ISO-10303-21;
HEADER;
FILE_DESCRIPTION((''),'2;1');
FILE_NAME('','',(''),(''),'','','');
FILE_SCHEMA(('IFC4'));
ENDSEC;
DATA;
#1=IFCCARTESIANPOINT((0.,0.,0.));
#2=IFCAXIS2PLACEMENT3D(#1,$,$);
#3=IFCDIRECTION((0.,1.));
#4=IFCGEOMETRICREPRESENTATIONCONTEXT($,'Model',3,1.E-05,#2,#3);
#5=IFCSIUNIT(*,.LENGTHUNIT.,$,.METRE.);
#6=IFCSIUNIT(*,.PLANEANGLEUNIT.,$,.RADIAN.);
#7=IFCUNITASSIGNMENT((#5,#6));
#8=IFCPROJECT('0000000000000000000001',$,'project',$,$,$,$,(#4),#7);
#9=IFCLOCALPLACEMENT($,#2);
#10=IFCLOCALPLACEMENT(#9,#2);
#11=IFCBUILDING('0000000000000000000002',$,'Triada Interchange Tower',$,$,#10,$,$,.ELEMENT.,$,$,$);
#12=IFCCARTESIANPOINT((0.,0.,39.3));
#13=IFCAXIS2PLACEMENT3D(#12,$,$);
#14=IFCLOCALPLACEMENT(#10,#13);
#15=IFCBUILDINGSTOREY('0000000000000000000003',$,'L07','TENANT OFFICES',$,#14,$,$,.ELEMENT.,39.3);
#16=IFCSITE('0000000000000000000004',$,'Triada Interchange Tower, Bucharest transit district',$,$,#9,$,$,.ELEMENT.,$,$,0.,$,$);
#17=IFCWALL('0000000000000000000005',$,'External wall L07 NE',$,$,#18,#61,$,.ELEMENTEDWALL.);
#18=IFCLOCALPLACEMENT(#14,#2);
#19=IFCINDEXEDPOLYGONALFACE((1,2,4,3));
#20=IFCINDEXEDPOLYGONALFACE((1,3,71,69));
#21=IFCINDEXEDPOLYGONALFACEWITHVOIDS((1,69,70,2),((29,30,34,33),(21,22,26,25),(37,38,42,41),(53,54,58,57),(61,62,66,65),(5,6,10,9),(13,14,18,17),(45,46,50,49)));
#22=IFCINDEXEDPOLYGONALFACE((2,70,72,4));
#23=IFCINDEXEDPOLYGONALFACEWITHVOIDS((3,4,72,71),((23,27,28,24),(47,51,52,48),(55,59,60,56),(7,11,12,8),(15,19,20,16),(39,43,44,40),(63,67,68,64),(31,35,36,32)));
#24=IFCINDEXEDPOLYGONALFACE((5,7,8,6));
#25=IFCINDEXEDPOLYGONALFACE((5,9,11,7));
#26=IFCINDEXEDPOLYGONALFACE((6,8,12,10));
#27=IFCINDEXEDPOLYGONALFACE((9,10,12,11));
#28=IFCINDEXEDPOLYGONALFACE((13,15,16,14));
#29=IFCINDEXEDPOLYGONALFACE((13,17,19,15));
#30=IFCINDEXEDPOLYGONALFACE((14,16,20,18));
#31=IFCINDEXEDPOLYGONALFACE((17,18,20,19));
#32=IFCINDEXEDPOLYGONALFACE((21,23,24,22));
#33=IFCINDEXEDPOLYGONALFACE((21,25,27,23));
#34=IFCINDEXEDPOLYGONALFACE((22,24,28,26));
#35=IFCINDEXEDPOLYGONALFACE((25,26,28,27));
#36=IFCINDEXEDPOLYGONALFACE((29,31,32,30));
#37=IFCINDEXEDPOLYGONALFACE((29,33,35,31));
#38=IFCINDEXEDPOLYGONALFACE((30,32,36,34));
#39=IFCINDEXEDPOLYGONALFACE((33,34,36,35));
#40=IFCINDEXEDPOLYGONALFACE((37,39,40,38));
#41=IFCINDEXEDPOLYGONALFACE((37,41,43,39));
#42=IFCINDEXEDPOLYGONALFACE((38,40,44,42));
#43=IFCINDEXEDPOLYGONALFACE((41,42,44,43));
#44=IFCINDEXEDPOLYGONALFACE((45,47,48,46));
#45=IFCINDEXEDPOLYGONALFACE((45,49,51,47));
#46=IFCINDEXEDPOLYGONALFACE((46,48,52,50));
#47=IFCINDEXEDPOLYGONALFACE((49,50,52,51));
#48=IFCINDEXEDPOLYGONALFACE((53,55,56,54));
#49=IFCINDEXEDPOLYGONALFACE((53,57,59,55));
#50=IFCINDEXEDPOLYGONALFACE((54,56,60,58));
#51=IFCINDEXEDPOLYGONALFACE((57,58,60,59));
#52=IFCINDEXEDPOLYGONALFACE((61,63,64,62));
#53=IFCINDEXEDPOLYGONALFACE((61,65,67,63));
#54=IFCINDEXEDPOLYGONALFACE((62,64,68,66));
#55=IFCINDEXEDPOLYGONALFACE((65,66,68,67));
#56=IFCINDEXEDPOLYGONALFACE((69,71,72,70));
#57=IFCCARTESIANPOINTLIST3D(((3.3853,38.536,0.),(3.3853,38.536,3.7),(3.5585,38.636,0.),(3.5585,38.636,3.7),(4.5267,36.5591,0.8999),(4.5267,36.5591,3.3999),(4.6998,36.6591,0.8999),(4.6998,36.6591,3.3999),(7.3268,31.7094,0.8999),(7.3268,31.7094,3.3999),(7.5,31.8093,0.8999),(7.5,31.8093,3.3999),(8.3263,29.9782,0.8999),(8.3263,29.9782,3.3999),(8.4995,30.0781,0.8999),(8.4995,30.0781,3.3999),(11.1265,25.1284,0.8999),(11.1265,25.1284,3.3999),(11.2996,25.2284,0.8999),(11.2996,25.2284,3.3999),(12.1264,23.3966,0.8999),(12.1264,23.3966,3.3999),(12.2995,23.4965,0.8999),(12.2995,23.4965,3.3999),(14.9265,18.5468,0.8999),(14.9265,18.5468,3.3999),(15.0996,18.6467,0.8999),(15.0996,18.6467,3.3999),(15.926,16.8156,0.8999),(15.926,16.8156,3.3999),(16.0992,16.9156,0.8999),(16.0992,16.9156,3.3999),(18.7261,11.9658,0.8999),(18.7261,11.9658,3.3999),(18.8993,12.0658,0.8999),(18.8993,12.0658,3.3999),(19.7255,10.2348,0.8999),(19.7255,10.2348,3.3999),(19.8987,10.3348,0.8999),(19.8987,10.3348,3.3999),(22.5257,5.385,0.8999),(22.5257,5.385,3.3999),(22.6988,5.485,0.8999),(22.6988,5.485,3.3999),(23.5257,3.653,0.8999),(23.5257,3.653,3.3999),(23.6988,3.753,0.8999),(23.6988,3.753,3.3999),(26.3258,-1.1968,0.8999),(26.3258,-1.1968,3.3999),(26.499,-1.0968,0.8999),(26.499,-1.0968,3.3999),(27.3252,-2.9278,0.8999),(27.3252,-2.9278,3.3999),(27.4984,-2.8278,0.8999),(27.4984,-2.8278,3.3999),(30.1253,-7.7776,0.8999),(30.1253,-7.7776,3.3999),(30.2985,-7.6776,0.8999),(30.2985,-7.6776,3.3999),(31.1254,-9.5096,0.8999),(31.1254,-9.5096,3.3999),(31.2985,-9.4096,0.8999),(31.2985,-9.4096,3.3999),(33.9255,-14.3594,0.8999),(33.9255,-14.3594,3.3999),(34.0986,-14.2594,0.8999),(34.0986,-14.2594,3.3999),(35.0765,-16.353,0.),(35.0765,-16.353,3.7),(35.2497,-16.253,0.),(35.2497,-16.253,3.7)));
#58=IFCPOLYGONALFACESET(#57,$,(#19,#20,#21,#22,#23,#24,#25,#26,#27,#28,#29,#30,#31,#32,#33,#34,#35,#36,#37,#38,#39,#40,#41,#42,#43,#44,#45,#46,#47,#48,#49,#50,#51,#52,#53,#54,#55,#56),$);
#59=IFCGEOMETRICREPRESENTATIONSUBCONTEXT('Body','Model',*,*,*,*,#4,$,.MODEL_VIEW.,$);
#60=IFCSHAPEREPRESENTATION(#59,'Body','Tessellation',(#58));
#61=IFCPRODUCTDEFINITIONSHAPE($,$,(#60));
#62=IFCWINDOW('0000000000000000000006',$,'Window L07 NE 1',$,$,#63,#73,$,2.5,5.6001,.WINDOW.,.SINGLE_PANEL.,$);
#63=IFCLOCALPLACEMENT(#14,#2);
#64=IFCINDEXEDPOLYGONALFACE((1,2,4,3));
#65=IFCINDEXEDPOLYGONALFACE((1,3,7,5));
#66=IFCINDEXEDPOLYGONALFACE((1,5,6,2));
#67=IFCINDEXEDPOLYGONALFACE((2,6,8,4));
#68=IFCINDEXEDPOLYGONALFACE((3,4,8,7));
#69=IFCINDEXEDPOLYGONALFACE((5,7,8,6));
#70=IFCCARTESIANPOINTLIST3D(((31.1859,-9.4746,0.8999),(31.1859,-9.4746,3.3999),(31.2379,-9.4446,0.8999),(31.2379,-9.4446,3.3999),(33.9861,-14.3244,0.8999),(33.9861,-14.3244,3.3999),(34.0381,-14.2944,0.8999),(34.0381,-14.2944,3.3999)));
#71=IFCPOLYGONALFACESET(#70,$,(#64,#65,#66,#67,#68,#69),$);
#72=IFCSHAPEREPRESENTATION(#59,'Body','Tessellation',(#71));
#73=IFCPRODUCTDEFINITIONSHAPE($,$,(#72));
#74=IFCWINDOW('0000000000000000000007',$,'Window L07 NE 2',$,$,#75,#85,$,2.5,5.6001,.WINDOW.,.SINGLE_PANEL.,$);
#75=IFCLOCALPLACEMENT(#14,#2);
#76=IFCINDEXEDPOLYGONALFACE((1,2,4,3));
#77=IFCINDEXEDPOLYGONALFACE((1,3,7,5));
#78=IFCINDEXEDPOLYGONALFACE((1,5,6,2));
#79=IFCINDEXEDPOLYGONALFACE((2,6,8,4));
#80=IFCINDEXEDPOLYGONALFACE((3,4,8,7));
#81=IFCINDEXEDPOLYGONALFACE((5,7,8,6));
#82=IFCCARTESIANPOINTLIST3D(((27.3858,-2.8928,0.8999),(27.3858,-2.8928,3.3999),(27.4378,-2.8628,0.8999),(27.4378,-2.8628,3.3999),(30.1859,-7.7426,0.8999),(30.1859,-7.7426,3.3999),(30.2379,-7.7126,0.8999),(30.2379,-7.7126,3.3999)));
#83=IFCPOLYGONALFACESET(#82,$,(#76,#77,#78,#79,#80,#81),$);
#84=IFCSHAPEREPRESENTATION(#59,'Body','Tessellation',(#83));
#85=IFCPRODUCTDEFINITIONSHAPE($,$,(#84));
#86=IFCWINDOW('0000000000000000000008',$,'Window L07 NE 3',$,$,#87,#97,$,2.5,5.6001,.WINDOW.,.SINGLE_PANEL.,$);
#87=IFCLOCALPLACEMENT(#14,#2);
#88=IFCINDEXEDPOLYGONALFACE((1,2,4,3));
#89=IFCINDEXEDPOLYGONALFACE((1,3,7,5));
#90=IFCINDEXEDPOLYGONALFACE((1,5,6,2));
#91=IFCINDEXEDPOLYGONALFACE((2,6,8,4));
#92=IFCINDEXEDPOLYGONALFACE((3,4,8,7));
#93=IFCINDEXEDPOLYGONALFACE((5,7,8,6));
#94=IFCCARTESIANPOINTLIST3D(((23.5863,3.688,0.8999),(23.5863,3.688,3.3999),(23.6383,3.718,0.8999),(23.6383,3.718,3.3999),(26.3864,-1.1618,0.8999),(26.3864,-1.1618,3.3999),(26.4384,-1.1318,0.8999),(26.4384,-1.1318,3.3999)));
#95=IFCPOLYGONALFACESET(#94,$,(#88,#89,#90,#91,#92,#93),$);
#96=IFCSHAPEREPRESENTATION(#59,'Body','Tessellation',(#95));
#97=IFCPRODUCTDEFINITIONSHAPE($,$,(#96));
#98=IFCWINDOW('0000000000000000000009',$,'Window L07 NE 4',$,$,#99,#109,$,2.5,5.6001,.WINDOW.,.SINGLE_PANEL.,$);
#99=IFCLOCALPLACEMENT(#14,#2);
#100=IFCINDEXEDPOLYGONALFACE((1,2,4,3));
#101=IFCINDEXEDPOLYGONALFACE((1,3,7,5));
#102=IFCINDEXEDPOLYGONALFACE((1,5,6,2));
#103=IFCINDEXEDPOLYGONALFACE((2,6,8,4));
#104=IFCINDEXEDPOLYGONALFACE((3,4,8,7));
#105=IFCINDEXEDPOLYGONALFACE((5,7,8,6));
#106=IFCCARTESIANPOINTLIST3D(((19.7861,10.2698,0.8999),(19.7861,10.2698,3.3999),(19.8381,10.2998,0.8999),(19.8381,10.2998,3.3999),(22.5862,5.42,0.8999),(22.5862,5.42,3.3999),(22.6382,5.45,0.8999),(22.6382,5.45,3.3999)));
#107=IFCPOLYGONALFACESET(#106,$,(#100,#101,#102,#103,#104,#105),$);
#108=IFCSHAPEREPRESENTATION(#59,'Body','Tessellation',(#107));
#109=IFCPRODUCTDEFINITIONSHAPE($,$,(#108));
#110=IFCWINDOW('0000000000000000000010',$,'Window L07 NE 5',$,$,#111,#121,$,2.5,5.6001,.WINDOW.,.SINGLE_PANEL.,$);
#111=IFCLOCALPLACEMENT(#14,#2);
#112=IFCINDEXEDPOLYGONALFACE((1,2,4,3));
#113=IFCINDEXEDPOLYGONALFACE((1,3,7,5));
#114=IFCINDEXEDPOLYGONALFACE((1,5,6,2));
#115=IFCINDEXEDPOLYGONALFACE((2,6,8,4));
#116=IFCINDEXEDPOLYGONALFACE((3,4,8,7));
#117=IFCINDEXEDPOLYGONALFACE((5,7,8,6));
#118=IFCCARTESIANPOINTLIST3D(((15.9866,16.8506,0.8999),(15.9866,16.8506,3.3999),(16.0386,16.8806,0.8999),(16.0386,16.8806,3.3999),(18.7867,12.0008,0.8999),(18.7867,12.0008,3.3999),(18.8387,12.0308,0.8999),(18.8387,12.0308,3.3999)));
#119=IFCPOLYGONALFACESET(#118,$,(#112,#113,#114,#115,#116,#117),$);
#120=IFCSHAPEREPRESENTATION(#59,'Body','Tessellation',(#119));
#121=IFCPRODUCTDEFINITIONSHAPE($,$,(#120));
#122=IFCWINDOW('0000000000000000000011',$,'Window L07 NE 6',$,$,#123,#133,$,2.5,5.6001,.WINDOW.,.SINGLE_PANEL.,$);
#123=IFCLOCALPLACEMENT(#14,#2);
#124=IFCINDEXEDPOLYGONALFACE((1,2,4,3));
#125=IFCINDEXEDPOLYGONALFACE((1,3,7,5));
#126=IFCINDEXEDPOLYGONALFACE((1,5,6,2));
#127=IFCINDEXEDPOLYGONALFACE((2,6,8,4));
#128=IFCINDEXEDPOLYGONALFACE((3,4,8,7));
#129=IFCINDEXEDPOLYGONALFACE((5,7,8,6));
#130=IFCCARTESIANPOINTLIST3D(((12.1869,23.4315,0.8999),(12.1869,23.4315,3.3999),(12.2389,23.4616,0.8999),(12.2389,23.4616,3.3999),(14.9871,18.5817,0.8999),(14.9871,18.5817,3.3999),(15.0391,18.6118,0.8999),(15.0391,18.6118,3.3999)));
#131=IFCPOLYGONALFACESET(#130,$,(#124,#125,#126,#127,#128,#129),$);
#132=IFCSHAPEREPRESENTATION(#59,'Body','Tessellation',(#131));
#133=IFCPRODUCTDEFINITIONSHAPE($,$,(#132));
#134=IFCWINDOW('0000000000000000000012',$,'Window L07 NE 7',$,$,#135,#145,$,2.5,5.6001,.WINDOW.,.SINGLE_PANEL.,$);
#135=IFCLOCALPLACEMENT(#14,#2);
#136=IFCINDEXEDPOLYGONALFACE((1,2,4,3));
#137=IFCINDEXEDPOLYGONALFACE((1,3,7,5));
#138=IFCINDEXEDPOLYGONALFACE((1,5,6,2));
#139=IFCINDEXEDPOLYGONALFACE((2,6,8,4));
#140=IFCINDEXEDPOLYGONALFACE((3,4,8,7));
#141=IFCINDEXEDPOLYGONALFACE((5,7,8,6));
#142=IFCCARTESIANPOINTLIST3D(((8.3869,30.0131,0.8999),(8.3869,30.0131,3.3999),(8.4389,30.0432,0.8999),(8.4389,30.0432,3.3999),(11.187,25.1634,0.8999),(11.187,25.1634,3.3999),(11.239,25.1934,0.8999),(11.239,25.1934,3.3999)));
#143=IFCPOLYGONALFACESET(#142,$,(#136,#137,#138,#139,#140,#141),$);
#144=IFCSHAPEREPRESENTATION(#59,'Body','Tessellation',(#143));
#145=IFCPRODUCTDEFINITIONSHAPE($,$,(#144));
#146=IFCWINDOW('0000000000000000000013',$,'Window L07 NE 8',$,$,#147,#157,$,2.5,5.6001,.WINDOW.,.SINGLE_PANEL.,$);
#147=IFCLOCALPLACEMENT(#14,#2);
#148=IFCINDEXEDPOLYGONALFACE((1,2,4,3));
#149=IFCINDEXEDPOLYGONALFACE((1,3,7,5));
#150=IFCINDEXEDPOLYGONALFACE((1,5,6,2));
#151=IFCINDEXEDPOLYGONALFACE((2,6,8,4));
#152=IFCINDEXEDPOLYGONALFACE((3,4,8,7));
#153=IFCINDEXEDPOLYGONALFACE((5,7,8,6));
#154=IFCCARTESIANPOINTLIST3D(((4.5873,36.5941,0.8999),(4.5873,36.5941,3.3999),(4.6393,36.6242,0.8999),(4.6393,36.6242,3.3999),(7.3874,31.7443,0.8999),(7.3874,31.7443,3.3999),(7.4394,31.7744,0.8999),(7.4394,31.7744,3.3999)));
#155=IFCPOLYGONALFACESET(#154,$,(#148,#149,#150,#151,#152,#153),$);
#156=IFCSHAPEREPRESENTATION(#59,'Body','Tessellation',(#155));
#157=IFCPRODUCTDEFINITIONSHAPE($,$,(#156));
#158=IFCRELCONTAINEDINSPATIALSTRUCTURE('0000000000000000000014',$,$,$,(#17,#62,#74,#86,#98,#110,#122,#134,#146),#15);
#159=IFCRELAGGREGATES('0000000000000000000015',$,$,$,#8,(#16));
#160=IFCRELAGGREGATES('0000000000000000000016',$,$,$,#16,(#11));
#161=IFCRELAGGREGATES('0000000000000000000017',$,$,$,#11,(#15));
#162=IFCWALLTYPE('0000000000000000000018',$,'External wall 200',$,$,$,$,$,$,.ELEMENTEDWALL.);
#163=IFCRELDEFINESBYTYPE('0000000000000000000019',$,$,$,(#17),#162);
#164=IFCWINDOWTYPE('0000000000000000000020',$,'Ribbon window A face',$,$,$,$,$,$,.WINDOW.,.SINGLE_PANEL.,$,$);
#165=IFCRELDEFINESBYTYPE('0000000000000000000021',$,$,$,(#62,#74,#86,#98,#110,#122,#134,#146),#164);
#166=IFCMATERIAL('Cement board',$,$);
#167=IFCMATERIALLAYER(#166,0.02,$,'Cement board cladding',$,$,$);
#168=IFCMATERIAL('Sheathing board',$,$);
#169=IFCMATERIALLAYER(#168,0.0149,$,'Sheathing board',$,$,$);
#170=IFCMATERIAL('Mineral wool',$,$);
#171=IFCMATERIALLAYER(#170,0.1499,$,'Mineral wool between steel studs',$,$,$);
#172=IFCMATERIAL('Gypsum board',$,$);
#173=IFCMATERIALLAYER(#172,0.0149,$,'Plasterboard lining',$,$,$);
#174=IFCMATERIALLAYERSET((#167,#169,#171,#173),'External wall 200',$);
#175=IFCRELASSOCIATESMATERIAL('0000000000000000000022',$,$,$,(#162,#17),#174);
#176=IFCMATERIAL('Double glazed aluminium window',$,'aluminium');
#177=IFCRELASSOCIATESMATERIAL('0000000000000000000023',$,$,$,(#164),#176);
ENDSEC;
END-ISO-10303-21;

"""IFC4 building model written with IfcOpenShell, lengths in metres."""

from ifc_helpers import new_model, si_unit, direction, frame, frame_2d, origin, place, context, subcontext, project, spatial, rectangle, extrude, material, layer, layer_set, layer_usage, type_object, element, fill, save


model = new_model("IFC4")

# Units and contexts
model_context = context("Model", 3, precision=1e-05, world=origin(), true_north=direction((0.0, 1.0)))
body_context = subcontext(model_context, "Body", "Model", "MODEL_VIEW")
ifc_project = project(units=[si_unit("LENGTHUNIT", "METRE"), si_unit("PLANEANGLEUNIT", "RADIAN")], contexts=[model_context])

# Site, building, storey
site_placement = place(None, origin())
site = spatial("IfcSite", under=ifc_project, at=site_placement, Name="Triada Interchange Tower, Bucharest transit district", CompositionType="ELEMENT", RefElevation=0.0)
building_placement = place(site_placement, origin())
building = spatial("IfcBuilding", under=site, at=building_placement, Name="Triada Interchange Tower", CompositionType="ELEMENT")
storey_placement = place(building_placement, frame((0.0, 0.0, 39.3)))
storey = spatial("IfcBuildingStorey", under=building, at=storey_placement, Name="L07", Description="TENANT OFFICES", CompositionType="ELEMENT", Elevation=39.3)

# Shared definitions
ifc_material_1 = material(Name="Cement board")
ifc_layer_1 = layer(ifc_material_1, 0.02, Name="Cement board cladding")
ifc_material_2 = material(Name="Sheathing board")
ifc_layer_2 = layer(ifc_material_2, 0.0149, Name="Sheathing board")
ifc_material_3 = material(Name="Mineral wool")
ifc_layer_3 = layer(ifc_material_3, 0.1499, Name="Mineral wool between steel studs")
ifc_material_4 = material(Name="Gypsum board")
ifc_layer_4 = layer(ifc_material_4, 0.0149, Name="Plasterboard lining")
ifc_layer_set_1 = layer_set([ifc_layer_1, ifc_layer_2, ifc_layer_3, ifc_layer_4], Name="External wall 200")
ifc_layer_usage = layer_usage(ifc_layer_set_1, "AXIS2", "POSITIVE", -0.1001)
wall_type = type_object("IfcWallType", Name="External wall 200", PredefinedType="ELEMENTEDWALL", material=ifc_layer_set_1)
ifc_material_5 = material(Name="Double glazed aluminium window", Category="aluminium")

# Wall, openings, windows
wall_1_placement = place(storey_placement, frame((35.1631, -16.303, 0.0), z_axis=(0.0, 0.0, 1.0), x_axis=(-0.500012, 0.866018, 0.0)))
wall_1 = element("IfcWall", 1, at=wall_1_placement, inside=storey, type_object=wall_type, material=ifc_layer_usage, Name="External wall L07 NE", PredefinedType="ELEMENTEDWALL", context=body_context, shape_type="SweptSolid", body=[
    extrude(rectangle(XDim=63.3809, YDim=0.2, at=frame_2d((31.6904, 0.0))), origin(), (0.0, 0.0, 1.0), 3.7),
])
opening_1_placement = place(wall_1_placement, frame((2.302, 0.0, 0.8999)))
opening_1 = element("IfcOpeningElement", 2, at=opening_1_placement, cuts=wall_1, PredefinedType="OPENING", context=body_context, shape_type="SweptSolid", body=[
    extrude(rectangle(XDim=5.6001, YDim=2.5, at=frame_2d((2.8, 1.25))), frame((0.0, 0.1099, 0.0), z_axis=(0.0, -1.0, 0.0), x_axis=(1.0, 0.0, 0.0)), (0.0, 0.0, 1.0), 0.22),
])
opening_2_placement = place(wall_1_placement, frame((9.9021, 0.0, 0.8999)))
opening_2 = element("IfcOpeningElement", 3, at=opening_2_placement, cuts=wall_1, PredefinedType="OPENING", context=body_context, shape_type="SweptSolid", body=[
    extrude(rectangle(XDim=5.6001, YDim=2.5, at=frame_2d((2.8, 1.25))), frame((0.0, 0.1099, 0.0), z_axis=(0.0, -1.0, 0.0), x_axis=(1.0, 0.0, 0.0)), (0.0, 0.0, 1.0), 0.22),
])
opening_3_placement = place(wall_1_placement, frame((17.501, 0.0, 0.8999)))
opening_3 = element("IfcOpeningElement", 4, at=opening_3_placement, cuts=wall_1, PredefinedType="OPENING", context=body_context, shape_type="SweptSolid", body=[
    extrude(rectangle(XDim=5.6001, YDim=2.5, at=frame_2d((2.8, 1.25))), frame((0.0, 0.1099, 0.0), z_axis=(0.0, -1.0, 0.0), x_axis=(1.0, 0.0, 0.0)), (0.0, 0.0, 1.0), 0.22),
])
opening_4_placement = place(wall_1_placement, frame((25.1011, 0.0, 0.8999)))
opening_4 = element("IfcOpeningElement", 5, at=opening_4_placement, cuts=wall_1, PredefinedType="OPENING", context=body_context, shape_type="SweptSolid", body=[
    extrude(rectangle(XDim=5.6001, YDim=2.5, at=frame_2d((2.8, 1.25))), frame((0.0, 0.1099, 0.0), z_axis=(0.0, -1.0, 0.0), x_axis=(1.0, 0.0, 0.0)), (0.0, 0.0, 1.0), 0.22),
])
opening_5_placement = place(wall_1_placement, frame((32.7, 0.0, 0.8999)))
opening_5 = element("IfcOpeningElement", 6, at=opening_5_placement, cuts=wall_1, PredefinedType="OPENING", context=body_context, shape_type="SweptSolid", body=[
    extrude(rectangle(XDim=5.6001, YDim=2.5, at=frame_2d((2.8, 1.25))), frame((0.0, 0.1099, 0.0), z_axis=(0.0, -1.0, 0.0), x_axis=(1.0, 0.0, 0.0)), (0.0, 0.0, 1.0), 0.22),
])
opening_6_placement = place(wall_1_placement, frame((40.2991, 0.0, 0.8999)))
opening_6 = element("IfcOpeningElement", 7, at=opening_6_placement, cuts=wall_1, PredefinedType="OPENING", context=body_context, shape_type="SweptSolid", body=[
    extrude(rectangle(XDim=5.6001, YDim=2.5, at=frame_2d((2.8, 1.25))), frame((0.0, 0.1099, 0.0), z_axis=(0.0, -1.0, 0.0), x_axis=(1.0, 0.0, 0.0)), (0.0, 0.0, 1.0), 0.22),
])
opening_7_placement = place(wall_1_placement, frame((47.8989, 0.0, 0.8999)))
opening_7 = element("IfcOpeningElement", 8, at=opening_7_placement, cuts=wall_1, PredefinedType="OPENING", context=body_context, shape_type="SweptSolid", body=[
    extrude(rectangle(XDim=5.6001, YDim=2.5, at=frame_2d((2.8, 1.25))), frame((0.0, 0.1099, 0.0), z_axis=(0.0, -1.0, 0.0), x_axis=(1.0, 0.0, 0.0)), (0.0, 0.0, 1.0), 0.22),
])
opening_8_placement = place(wall_1_placement, frame((55.498, 0.0, 0.8999)))
opening_8 = element("IfcOpeningElement", 9, at=opening_8_placement, cuts=wall_1, PredefinedType="OPENING", context=body_context, shape_type="SweptSolid", body=[
    extrude(rectangle(XDim=5.6001, YDim=2.5, at=frame_2d((2.8, 1.25))), frame((0.0, 0.1099, 0.0), z_axis=(0.0, -1.0, 0.0), x_axis=(1.0, 0.0, 0.0)), (0.0, 0.0, 1.0), 0.22),
])
window_type_1 = type_object("IfcWindowType", Name="Ribbon window A face", PartitioningType="SINGLE_PANEL", PredefinedType="WINDOW", material=ifc_material_5)
window_1_placement = place(opening_1_placement, origin())
window_1 = element("IfcWindow", 10, at=window_1_placement, inside=storey, type_object=window_type_1, Name="Window L07 NE 1", OverallHeight=2.5, OverallWidth=5.6001, PartitioningType="SINGLE_PANEL", PredefinedType="WINDOW", context=body_context, shape_type="SweptSolid", body=[
    extrude(rectangle(XDim=5.6001, YDim=2.5, at=frame_2d((2.8, 1.25))), frame((0.0, 0.03, 0.0), z_axis=(0.0, -1.0, 0.0), x_axis=(1.0, 0.0, 0.0)), (0.0, 0.0, 1.0), 0.0601),
])
fill(opening_1, window_1)
window_2_placement = place(opening_2_placement, origin())
window_2 = element("IfcWindow", 11, at=window_2_placement, inside=storey, type_object=window_type_1, Name="Window L07 NE 2", OverallHeight=2.5, OverallWidth=5.6001, PartitioningType="SINGLE_PANEL", PredefinedType="WINDOW", context=body_context, shape_type="SweptSolid", body=[
    extrude(rectangle(XDim=5.6001, YDim=2.5, at=frame_2d((2.8, 1.25))), frame((0.0, 0.03, 0.0), z_axis=(0.0, -1.0, 0.0), x_axis=(1.0, 0.0, 0.0)), (0.0, 0.0, 1.0), 0.0601),
])
fill(opening_2, window_2)
window_3_placement = place(opening_3_placement, origin())
window_3 = element("IfcWindow", 12, at=window_3_placement, inside=storey, type_object=window_type_1, Name="Window L07 NE 3", OverallHeight=2.5, OverallWidth=5.6001, PartitioningType="SINGLE_PANEL", PredefinedType="WINDOW", context=body_context, shape_type="SweptSolid", body=[
    extrude(rectangle(XDim=5.6001, YDim=2.5, at=frame_2d((2.8, 1.25))), frame((0.0, 0.03, 0.0), z_axis=(0.0, -1.0, 0.0), x_axis=(1.0, 0.0, 0.0)), (0.0, 0.0, 1.0), 0.0601),
])
fill(opening_3, window_3)
window_4_placement = place(opening_4_placement, origin())
window_4 = element("IfcWindow", 13, at=window_4_placement, inside=storey, type_object=window_type_1, Name="Window L07 NE 4", OverallHeight=2.5, OverallWidth=5.6001, PartitioningType="SINGLE_PANEL", PredefinedType="WINDOW", context=body_context, shape_type="SweptSolid", body=[
    extrude(rectangle(XDim=5.6001, YDim=2.5, at=frame_2d((2.8, 1.25))), frame((0.0, 0.03, 0.0), z_axis=(0.0, -1.0, 0.0), x_axis=(1.0, 0.0, 0.0)), (0.0, 0.0, 1.0), 0.0601),
])
fill(opening_4, window_4)
window_5_placement = place(opening_5_placement, origin())
window_5 = element("IfcWindow", 14, at=window_5_placement, inside=storey, type_object=window_type_1, Name="Window L07 NE 5", OverallHeight=2.5, OverallWidth=5.6001, PartitioningType="SINGLE_PANEL", PredefinedType="WINDOW", context=body_context, shape_type="SweptSolid", body=[
    extrude(rectangle(XDim=5.6001, YDim=2.5, at=frame_2d((2.8, 1.25))), frame((0.0, 0.03, 0.0), z_axis=(0.0, -1.0, 0.0), x_axis=(1.0, 0.0, 0.0)), (0.0, 0.0, 1.0), 0.0601),
])
fill(opening_5, window_5)
window_6_placement = place(opening_6_placement, origin())
window_6 = element("IfcWindow", 15, at=window_6_placement, inside=storey, type_object=window_type_1, Name="Window L07 NE 6", OverallHeight=2.5, OverallWidth=5.6001, PartitioningType="SINGLE_PANEL", PredefinedType="WINDOW", context=body_context, shape_type="SweptSolid", body=[
    extrude(rectangle(XDim=5.6001, YDim=2.5, at=frame_2d((2.8, 1.25))), frame((0.0, 0.03, 0.0), z_axis=(0.0, -1.0, 0.0), x_axis=(1.0, 0.0, 0.0)), (0.0, 0.0, 1.0), 0.0601),
])
fill(opening_6, window_6)
window_7_placement = place(opening_7_placement, origin())
window_7 = element("IfcWindow", 16, at=window_7_placement, inside=storey, type_object=window_type_1, Name="Window L07 NE 7", OverallHeight=2.5, OverallWidth=5.6001, PartitioningType="SINGLE_PANEL", PredefinedType="WINDOW", context=body_context, shape_type="SweptSolid", body=[
    extrude(rectangle(XDim=5.6001, YDim=2.5, at=frame_2d((2.8, 1.25))), frame((0.0, 0.03, 0.0), z_axis=(0.0, -1.0, 0.0), x_axis=(1.0, 0.0, 0.0)), (0.0, 0.0, 1.0), 0.0601),
])
fill(opening_7, window_7)
window_8_placement = place(opening_8_placement, origin())
window_8 = element("IfcWindow", 17, at=window_8_placement, inside=storey, type_object=window_type_1, Name="Window L07 NE 8", OverallHeight=2.5, OverallWidth=5.6001, PartitioningType="SINGLE_PANEL", PredefinedType="WINDOW", context=body_context, shape_type="SweptSolid", body=[
    extrude(rectangle(XDim=5.6001, YDim=2.5, at=frame_2d((2.8, 1.25))), frame((0.0, 0.03, 0.0), z_axis=(0.0, -1.0, 0.0), x_axis=(1.0, 0.0, 0.0)), (0.0, 0.0, 1.0), 0.0601),
])
fill(opening_8, window_8)

save(model, "model.ifc")
